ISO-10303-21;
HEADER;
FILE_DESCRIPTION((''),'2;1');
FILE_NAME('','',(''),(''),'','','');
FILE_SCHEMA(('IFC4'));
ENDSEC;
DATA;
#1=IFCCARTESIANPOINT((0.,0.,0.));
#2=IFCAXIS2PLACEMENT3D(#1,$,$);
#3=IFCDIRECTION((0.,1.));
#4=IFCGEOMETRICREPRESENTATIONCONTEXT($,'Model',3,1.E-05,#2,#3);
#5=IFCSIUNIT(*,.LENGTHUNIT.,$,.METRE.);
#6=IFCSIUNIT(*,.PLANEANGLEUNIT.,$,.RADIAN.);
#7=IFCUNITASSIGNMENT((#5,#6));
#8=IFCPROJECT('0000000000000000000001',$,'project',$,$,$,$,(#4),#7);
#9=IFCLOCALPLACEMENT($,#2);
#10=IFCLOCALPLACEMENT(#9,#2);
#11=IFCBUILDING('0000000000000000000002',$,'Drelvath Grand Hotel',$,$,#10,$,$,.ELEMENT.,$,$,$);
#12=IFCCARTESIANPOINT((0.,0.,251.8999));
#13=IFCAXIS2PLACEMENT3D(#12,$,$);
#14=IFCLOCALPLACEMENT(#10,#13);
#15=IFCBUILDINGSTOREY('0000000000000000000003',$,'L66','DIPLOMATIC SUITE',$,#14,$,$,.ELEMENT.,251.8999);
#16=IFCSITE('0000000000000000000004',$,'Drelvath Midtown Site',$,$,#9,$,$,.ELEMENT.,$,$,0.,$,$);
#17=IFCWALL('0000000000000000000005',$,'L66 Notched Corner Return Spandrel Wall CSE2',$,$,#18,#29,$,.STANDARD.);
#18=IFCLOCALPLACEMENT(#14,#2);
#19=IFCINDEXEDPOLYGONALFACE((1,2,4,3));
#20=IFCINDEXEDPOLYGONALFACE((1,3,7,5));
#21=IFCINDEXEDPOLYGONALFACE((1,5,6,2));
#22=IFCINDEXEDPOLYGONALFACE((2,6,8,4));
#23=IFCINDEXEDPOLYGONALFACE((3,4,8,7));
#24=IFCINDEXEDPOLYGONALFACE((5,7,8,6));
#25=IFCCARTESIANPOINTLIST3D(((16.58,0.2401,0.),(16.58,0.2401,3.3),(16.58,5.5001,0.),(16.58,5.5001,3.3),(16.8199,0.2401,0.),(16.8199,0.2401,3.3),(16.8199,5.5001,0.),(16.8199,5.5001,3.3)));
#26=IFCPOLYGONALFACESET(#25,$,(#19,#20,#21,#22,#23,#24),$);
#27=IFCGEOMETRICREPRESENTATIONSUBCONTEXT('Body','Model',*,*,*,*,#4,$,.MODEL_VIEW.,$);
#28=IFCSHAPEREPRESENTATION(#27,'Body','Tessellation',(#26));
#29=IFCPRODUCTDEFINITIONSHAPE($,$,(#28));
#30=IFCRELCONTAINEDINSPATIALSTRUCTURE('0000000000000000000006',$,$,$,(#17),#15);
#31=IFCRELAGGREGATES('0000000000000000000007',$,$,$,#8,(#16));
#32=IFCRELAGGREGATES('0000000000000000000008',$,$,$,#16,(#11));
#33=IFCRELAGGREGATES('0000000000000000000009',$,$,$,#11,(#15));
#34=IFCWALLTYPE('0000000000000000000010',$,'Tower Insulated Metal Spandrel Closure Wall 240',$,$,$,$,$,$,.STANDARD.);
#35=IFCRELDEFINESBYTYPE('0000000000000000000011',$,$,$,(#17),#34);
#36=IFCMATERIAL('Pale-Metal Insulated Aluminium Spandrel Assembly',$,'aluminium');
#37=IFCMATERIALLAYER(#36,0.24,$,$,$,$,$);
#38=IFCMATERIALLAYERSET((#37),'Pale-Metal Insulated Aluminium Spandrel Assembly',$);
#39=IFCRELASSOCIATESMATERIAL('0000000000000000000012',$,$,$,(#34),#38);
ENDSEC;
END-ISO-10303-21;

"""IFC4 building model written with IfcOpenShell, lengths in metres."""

from ifc_helpers import new_model, si_unit, direction, frame, frame_2d, origin, place, context, subcontext, project, spatial, rectangle, extrude, material, layer, layer_set, type_object, element, save


model = new_model("IFC4")

# Units and contexts
model_context = context("Model", 3, precision=1e-05, world=origin(), true_north=direction((0.0, 1.0)))
body_context = subcontext(model_context, "Body", "Model", "MODEL_VIEW")
ifc_project = project(units=[si_unit("LENGTHUNIT", "METRE"), si_unit("PLANEANGLEUNIT", "RADIAN")], contexts=[model_context])

# Site, building, storey
site_placement = place(None, origin())
site = spatial("IfcSite", under=ifc_project, at=site_placement, Name="Drelvath Midtown Site", CompositionType="ELEMENT", RefElevation=0.0)
building_placement = place(site_placement, origin())
building = spatial("IfcBuilding", under=site, at=building_placement, Name="Drelvath Grand Hotel", CompositionType="ELEMENT")
storey_placement = place(building_placement, frame((0.0, 0.0, 251.8999)))
storey = spatial("IfcBuildingStorey", under=building, at=storey_placement, Name="L66", Description="DIPLOMATIC SUITE", CompositionType="ELEMENT", Elevation=251.8999)

# Wall
ifc_material_1 = material(Name="Pale-Metal Insulated Aluminium Spandrel Assembly", Category="aluminium")
ifc_layer_1 = layer(ifc_material_1, 0.24)
ifc_layer_set_1 = layer_set([ifc_layer_1], Name="Pale-Metal Insulated Aluminium Spandrel Assembly")
wall_type_1 = type_object("IfcWallType", Name="Tower Insulated Metal Spandrel Closure Wall 240", PredefinedType="STANDARD", material=ifc_layer_set_1)
wall_1_placement = place(storey_placement, frame((16.7, 5.5, 0.0), z_axis=(0.0, 0.0, 1.0), x_axis=(0.0, -1.0, 0.0)))
element("IfcWall", 1, at=wall_1_placement, inside=storey, type_object=wall_type_1, Name="L66 Notched Corner Return Spandrel Wall CSE2", PredefinedType="STANDARD", context=body_context, shape_type="SweptSolid", body=[
    extrude(rectangle(XDim=5.26, YDim=0.24, at=frame_2d((2.6299, 0.0))), origin(), (0.0, 0.0, 1.0), 3.3),
])

save(model, "model.ifc")
